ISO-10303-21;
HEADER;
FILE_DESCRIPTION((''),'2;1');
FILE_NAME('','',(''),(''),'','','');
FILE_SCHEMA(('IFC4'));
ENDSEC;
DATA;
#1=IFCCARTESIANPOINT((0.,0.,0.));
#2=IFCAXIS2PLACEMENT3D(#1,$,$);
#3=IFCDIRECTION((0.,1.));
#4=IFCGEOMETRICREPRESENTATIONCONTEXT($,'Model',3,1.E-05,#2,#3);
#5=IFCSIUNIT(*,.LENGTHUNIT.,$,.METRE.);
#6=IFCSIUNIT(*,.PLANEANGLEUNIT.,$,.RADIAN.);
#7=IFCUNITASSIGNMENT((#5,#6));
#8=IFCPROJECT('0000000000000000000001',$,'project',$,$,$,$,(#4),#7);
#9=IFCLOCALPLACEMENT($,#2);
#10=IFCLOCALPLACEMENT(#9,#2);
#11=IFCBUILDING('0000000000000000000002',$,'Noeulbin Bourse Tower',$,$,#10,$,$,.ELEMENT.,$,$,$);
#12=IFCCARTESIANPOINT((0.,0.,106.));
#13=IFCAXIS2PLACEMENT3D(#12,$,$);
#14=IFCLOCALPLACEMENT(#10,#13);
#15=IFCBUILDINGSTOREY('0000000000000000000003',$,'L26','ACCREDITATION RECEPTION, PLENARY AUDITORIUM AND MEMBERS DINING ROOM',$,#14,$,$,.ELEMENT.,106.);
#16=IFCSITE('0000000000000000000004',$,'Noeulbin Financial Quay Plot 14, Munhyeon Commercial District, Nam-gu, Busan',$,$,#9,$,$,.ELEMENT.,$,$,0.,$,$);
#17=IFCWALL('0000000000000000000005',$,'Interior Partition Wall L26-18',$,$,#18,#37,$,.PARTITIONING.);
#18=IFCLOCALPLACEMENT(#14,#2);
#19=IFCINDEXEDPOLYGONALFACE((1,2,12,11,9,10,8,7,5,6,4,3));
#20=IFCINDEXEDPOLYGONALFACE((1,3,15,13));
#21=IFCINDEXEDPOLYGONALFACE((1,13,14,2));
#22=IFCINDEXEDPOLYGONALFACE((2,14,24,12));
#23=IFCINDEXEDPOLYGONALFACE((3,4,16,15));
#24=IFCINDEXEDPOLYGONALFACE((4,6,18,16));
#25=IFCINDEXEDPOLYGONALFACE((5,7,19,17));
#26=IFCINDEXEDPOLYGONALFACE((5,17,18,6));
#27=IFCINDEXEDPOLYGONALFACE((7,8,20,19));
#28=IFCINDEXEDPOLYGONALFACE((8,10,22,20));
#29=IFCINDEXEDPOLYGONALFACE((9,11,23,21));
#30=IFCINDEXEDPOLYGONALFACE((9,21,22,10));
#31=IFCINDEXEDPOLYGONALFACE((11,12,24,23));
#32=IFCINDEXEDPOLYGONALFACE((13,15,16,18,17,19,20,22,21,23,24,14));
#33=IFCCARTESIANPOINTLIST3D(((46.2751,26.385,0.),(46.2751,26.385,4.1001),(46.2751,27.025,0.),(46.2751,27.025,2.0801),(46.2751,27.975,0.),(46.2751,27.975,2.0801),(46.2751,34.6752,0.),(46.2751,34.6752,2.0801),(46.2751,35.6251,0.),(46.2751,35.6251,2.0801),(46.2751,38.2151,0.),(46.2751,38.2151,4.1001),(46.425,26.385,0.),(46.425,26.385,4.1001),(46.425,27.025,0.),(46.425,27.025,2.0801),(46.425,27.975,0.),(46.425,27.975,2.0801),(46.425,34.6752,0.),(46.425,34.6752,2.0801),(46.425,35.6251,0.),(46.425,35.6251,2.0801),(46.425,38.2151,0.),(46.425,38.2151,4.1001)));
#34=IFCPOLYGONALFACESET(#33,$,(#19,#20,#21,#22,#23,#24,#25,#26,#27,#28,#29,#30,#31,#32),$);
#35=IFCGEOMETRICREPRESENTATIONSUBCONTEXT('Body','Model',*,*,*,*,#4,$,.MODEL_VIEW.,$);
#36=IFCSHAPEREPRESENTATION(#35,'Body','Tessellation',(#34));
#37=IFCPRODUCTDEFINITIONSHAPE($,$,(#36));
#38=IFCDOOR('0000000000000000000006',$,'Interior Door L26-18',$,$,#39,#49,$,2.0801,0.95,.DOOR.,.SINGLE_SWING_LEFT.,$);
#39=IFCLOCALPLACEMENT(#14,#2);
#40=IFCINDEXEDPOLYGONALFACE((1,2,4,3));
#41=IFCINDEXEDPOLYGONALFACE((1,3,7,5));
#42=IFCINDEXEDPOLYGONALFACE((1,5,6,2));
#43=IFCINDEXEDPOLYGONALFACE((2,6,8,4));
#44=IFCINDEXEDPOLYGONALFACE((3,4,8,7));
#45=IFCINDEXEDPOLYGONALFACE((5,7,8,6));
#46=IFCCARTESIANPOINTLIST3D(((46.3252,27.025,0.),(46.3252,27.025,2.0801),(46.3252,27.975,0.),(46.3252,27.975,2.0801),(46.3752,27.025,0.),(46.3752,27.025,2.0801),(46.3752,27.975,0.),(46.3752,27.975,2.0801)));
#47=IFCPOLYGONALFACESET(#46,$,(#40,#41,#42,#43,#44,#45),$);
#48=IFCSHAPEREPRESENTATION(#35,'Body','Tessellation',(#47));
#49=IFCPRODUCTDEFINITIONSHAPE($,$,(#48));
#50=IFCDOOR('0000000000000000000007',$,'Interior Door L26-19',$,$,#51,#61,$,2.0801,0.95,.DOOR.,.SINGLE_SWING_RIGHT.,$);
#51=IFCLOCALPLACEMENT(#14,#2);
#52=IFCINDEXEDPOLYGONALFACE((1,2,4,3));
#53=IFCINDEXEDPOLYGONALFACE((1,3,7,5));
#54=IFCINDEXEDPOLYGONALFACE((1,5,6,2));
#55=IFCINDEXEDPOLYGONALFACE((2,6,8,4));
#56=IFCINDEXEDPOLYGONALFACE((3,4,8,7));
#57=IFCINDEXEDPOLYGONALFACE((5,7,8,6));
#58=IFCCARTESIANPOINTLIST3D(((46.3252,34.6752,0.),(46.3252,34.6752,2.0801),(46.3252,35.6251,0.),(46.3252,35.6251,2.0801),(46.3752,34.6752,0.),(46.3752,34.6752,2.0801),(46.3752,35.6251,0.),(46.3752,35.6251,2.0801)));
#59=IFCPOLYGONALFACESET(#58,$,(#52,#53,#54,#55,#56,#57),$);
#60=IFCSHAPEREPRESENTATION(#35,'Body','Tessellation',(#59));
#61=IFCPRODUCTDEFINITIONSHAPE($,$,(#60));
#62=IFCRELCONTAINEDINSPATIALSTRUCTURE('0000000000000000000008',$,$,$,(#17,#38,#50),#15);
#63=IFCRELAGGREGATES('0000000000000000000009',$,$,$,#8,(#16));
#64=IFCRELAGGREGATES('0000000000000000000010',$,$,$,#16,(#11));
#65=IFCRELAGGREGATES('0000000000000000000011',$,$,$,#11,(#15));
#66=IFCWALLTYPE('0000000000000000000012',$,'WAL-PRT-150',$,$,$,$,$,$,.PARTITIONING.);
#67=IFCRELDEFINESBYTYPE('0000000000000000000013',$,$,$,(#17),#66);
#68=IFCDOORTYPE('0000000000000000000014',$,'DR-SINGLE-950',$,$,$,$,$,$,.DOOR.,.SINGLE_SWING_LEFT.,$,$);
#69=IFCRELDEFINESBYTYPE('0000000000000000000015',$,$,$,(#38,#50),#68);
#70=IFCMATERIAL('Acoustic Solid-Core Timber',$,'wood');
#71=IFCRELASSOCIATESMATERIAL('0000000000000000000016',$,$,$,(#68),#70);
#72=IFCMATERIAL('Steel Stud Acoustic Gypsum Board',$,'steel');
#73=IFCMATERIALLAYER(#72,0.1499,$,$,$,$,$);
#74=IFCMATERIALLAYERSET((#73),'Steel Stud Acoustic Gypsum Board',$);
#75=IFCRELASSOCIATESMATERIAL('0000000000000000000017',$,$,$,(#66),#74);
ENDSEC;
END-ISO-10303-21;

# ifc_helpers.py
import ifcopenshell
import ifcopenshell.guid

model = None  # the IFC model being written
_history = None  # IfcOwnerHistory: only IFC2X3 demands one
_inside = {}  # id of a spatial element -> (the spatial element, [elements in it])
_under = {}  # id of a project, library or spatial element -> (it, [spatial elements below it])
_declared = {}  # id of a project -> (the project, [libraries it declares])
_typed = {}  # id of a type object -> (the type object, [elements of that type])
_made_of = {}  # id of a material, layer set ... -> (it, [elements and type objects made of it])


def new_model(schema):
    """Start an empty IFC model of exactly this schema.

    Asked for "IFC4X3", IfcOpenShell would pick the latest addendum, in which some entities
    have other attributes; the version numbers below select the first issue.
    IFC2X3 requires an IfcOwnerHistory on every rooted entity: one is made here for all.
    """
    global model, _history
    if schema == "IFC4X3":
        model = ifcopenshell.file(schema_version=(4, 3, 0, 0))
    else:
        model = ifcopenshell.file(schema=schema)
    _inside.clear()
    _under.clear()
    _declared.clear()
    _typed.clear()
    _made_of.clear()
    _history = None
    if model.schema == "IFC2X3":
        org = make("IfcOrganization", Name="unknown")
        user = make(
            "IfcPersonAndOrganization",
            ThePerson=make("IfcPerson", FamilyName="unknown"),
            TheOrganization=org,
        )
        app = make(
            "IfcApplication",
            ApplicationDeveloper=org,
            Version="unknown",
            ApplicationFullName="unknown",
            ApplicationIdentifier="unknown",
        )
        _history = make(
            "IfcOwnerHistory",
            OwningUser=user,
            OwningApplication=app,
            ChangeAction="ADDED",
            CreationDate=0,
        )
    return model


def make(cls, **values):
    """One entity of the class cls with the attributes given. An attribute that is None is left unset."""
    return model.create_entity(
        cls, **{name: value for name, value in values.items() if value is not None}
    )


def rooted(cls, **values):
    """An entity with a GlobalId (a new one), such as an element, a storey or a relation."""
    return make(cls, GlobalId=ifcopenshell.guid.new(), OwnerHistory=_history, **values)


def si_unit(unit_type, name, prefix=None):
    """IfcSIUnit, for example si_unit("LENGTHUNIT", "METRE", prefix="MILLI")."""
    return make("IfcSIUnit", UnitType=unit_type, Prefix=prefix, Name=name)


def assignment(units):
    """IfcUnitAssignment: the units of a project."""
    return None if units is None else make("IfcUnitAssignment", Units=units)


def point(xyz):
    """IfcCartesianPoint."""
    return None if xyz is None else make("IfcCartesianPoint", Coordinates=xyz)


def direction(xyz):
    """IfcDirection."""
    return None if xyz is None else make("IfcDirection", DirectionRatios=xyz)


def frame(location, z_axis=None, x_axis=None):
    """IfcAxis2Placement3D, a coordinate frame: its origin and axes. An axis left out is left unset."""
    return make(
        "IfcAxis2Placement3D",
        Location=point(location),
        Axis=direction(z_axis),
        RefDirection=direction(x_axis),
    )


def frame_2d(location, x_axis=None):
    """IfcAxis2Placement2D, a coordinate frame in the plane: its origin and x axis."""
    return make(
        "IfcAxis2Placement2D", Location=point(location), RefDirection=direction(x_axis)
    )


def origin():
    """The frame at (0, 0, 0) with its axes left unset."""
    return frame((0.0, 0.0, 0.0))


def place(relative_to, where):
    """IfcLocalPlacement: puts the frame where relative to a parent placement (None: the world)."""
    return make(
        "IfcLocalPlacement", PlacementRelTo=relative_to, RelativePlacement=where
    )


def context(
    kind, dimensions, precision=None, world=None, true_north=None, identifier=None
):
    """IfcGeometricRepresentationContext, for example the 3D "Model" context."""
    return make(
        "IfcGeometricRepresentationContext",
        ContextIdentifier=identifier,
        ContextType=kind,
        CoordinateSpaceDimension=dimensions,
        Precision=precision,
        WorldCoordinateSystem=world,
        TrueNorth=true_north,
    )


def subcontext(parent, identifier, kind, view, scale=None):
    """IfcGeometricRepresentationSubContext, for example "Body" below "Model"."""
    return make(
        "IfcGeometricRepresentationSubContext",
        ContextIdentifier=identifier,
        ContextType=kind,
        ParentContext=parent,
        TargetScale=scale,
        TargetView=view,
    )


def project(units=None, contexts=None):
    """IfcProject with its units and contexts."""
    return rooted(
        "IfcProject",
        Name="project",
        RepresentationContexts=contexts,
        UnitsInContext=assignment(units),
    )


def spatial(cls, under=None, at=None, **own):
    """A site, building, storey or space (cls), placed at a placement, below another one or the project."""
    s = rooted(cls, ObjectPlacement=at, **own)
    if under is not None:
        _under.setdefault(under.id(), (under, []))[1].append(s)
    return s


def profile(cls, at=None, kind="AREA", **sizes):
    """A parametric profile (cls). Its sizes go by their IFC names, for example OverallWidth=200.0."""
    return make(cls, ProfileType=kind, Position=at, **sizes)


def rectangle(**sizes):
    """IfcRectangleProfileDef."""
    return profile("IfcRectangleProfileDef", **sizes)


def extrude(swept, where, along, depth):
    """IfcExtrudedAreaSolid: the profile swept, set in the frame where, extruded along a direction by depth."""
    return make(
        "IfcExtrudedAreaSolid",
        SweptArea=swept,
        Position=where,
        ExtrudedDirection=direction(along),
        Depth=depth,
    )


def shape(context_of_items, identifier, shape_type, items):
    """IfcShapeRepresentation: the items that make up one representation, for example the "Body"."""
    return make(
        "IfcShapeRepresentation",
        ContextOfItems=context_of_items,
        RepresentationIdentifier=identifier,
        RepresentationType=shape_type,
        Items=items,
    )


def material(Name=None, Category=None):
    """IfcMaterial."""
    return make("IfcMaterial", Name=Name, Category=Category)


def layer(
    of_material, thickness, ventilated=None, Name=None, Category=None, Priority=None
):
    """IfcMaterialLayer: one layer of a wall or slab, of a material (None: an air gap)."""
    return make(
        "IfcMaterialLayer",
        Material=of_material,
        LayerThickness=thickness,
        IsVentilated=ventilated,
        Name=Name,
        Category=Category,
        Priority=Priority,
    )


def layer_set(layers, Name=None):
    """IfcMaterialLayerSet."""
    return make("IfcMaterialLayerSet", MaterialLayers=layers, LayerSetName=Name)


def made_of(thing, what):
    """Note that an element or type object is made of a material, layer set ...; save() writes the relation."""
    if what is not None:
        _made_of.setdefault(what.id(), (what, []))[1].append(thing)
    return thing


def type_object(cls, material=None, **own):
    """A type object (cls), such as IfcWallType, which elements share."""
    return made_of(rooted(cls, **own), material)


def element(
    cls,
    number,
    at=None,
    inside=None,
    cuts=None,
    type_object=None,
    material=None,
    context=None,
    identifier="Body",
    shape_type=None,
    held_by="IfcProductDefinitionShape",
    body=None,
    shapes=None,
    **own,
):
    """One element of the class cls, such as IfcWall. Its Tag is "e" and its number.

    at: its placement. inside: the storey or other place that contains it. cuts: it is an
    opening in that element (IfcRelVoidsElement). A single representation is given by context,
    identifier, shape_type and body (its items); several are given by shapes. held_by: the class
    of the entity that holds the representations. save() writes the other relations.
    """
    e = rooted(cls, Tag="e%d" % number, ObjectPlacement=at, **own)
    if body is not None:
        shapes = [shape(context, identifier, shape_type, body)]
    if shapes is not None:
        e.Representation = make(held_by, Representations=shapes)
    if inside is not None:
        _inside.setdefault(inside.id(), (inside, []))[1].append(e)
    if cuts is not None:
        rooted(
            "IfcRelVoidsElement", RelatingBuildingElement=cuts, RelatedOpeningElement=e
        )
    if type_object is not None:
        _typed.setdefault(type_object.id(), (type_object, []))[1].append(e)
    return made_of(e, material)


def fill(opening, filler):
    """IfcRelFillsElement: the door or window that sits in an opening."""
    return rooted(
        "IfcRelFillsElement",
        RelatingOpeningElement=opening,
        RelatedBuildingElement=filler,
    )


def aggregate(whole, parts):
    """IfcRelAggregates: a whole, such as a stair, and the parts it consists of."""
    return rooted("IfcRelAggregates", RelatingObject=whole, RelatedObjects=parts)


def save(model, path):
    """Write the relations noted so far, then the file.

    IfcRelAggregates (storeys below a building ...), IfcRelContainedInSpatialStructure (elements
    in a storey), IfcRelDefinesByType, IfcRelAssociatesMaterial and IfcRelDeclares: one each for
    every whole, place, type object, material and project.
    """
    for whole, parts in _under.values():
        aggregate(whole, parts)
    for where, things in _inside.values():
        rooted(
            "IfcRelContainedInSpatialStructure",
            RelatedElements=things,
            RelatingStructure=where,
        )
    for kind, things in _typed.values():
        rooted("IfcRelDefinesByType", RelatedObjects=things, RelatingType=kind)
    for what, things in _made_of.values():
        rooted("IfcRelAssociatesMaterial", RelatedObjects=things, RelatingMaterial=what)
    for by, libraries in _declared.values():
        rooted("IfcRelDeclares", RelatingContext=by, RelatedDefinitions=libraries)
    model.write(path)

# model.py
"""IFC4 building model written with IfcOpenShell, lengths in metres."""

from ifc_helpers import new_model, si_unit, direction, frame, frame_2d, origin, place, context, subcontext, project, spatial, rectangle, extrude, material, layer, layer_set, type_object, element, fill, save


model = new_model("IFC4")

# Units and contexts
model_context = context("Model", 3, precision=1e-05, world=origin(), true_north=direction((0.0, 1.0)))
body_context = subcontext(model_context, "Body", "Model", "MODEL_VIEW")
ifc_project = project(units=[si_unit("LENGTHUNIT", "METRE"), si_unit("PLANEANGLEUNIT", "RADIAN")], contexts=[model_context])

# Site, building, storey
site_placement = place(None, origin())
site = spatial("IfcSite", under=ifc_project, at=site_placement, Name="Noeulbin Financial Quay Plot 14, Munhyeon Commercial District, Nam-gu, Busan", CompositionType="ELEMENT", RefElevation=0.0)
building_placement = place(site_placement, origin())
building = spatial("IfcBuilding", under=site, at=building_placement, Name="Noeulbin Bourse Tower", CompositionType="ELEMENT")
storey_placement = place(building_placement, frame((0.0, 0.0, 106.0)))
storey = spatial("IfcBuildingStorey", under=building, at=storey_placement, Name="L26", Description="ACCREDITATION RECEPTION, PLENARY AUDITORIUM AND MEMBERS DINING ROOM", CompositionType="ELEMENT", Elevation=106.0)

# Shared definitions
ifc_material_1 = material(Name="Acoustic Solid-Core Timber", Category="wood")
door_type = type_object("IfcDoorType", Name="DR-SINGLE-950", OperationType="SINGLE_SWING_LEFT", PredefinedType="DOOR", material=ifc_material_1)

# Wall, openings, doors
ifc_material_2 = material(Name="Steel Stud Acoustic Gypsum Board", Category="steel")
ifc_layer_1 = layer(ifc_material_2, 0.1499)
ifc_layer_set_1 = layer_set([ifc_layer_1], Name="Steel Stud Acoustic Gypsum Board")
wall_type_1 = type_object("IfcWallType", Name="WAL-PRT-150", PredefinedType="PARTITIONING", material=ifc_layer_set_1)
wall_1_placement = place(storey_placement, frame((46.3501, 26.385, 0.0), z_axis=(0.0, 0.0, 1.0), x_axis=(0.0, 1.0, 0.0)))
wall_1 = element("IfcWall", 1, at=wall_1_placement, inside=storey, type_object=wall_type_1, Name="Interior Partition Wall L26-18", PredefinedType="PARTITIONING", context=body_context, shape_type="SweptSolid", body=[
    extrude(rectangle(XDim=11.8301, YDim=0.1499, at=frame_2d((5.915, 0.0))), origin(), (0.0, 0.0, 1.0), 4.1001),
])
opening_1_placement = place(wall_1_placement, frame((0.6399, 0.0, 0.0)))
opening_1 = element("IfcOpeningElement", 2, at=opening_1_placement, cuts=wall_1, PredefinedType="OPENING", context=body_context, shape_type="SweptSolid", body=[
    extrude(rectangle(XDim=0.95, YDim=2.0801, at=frame_2d((0.4751, 1.04))), frame((0.0, 0.085, 0.0), z_axis=(0.0, -1.0, 0.0), x_axis=(1.0, 0.0, 0.0)), (0.0, 0.0, 1.0), 0.1699),
])
opening_2_placement = place(wall_1_placement, frame((8.29, 0.0, 0.0)))
opening_2 = element("IfcOpeningElement", 3, at=opening_2_placement, cuts=wall_1, PredefinedType="OPENING", context=body_context, shape_type="SweptSolid", body=[
    extrude(rectangle(XDim=0.95, YDim=2.0801, at=frame_2d((0.4751, 1.04))), frame((0.0, 0.085, 0.0), z_axis=(0.0, -1.0, 0.0), x_axis=(1.0, 0.0, 0.0)), (0.0, 0.0, 1.0), 0.1699),
])
door_1_placement = place(opening_1_placement, origin())
door_1 = element("IfcDoor", 4, at=door_1_placement, inside=storey, type_object=door_type, Name="Interior Door L26-18", OperationType="SINGLE_SWING_LEFT", OverallHeight=2.0801, OverallWidth=0.95, PredefinedType="DOOR", context=body_context, shape_type="SweptSolid", body=[
    extrude(rectangle(XDim=0.95, YDim=2.0801, at=frame_2d((0.4751, 1.04))), frame((0.0, 0.0249, 0.0), z_axis=(0.0, -1.0, 0.0), x_axis=(1.0, 0.0, 0.0)), (0.0, 0.0, 1.0), 0.05),
])
fill(opening_1, door_1)
door_2_placement = place(opening_2_placement, origin())
door_2 = element("IfcDoor", 5, at=door_2_placement, inside=storey, type_object=door_type, Name="Interior Door L26-19", OperationType="SINGLE_SWING_RIGHT", OverallHeight=2.0801, OverallWidth=0.95, PredefinedType="DOOR", context=body_context, shape_type="SweptSolid", body=[
    extrude(rectangle(XDim=0.95, YDim=2.0801, at=frame_2d((0.4751, 1.04))), frame((0.0, 0.0249, 0.0), z_axis=(0.0, -1.0, 0.0), x_axis=(1.0, 0.0, 0.0)), (0.0, 0.0, 1.0), 0.05),
])
fill(opening_2, door_2)

save(model, "model.ifc")
